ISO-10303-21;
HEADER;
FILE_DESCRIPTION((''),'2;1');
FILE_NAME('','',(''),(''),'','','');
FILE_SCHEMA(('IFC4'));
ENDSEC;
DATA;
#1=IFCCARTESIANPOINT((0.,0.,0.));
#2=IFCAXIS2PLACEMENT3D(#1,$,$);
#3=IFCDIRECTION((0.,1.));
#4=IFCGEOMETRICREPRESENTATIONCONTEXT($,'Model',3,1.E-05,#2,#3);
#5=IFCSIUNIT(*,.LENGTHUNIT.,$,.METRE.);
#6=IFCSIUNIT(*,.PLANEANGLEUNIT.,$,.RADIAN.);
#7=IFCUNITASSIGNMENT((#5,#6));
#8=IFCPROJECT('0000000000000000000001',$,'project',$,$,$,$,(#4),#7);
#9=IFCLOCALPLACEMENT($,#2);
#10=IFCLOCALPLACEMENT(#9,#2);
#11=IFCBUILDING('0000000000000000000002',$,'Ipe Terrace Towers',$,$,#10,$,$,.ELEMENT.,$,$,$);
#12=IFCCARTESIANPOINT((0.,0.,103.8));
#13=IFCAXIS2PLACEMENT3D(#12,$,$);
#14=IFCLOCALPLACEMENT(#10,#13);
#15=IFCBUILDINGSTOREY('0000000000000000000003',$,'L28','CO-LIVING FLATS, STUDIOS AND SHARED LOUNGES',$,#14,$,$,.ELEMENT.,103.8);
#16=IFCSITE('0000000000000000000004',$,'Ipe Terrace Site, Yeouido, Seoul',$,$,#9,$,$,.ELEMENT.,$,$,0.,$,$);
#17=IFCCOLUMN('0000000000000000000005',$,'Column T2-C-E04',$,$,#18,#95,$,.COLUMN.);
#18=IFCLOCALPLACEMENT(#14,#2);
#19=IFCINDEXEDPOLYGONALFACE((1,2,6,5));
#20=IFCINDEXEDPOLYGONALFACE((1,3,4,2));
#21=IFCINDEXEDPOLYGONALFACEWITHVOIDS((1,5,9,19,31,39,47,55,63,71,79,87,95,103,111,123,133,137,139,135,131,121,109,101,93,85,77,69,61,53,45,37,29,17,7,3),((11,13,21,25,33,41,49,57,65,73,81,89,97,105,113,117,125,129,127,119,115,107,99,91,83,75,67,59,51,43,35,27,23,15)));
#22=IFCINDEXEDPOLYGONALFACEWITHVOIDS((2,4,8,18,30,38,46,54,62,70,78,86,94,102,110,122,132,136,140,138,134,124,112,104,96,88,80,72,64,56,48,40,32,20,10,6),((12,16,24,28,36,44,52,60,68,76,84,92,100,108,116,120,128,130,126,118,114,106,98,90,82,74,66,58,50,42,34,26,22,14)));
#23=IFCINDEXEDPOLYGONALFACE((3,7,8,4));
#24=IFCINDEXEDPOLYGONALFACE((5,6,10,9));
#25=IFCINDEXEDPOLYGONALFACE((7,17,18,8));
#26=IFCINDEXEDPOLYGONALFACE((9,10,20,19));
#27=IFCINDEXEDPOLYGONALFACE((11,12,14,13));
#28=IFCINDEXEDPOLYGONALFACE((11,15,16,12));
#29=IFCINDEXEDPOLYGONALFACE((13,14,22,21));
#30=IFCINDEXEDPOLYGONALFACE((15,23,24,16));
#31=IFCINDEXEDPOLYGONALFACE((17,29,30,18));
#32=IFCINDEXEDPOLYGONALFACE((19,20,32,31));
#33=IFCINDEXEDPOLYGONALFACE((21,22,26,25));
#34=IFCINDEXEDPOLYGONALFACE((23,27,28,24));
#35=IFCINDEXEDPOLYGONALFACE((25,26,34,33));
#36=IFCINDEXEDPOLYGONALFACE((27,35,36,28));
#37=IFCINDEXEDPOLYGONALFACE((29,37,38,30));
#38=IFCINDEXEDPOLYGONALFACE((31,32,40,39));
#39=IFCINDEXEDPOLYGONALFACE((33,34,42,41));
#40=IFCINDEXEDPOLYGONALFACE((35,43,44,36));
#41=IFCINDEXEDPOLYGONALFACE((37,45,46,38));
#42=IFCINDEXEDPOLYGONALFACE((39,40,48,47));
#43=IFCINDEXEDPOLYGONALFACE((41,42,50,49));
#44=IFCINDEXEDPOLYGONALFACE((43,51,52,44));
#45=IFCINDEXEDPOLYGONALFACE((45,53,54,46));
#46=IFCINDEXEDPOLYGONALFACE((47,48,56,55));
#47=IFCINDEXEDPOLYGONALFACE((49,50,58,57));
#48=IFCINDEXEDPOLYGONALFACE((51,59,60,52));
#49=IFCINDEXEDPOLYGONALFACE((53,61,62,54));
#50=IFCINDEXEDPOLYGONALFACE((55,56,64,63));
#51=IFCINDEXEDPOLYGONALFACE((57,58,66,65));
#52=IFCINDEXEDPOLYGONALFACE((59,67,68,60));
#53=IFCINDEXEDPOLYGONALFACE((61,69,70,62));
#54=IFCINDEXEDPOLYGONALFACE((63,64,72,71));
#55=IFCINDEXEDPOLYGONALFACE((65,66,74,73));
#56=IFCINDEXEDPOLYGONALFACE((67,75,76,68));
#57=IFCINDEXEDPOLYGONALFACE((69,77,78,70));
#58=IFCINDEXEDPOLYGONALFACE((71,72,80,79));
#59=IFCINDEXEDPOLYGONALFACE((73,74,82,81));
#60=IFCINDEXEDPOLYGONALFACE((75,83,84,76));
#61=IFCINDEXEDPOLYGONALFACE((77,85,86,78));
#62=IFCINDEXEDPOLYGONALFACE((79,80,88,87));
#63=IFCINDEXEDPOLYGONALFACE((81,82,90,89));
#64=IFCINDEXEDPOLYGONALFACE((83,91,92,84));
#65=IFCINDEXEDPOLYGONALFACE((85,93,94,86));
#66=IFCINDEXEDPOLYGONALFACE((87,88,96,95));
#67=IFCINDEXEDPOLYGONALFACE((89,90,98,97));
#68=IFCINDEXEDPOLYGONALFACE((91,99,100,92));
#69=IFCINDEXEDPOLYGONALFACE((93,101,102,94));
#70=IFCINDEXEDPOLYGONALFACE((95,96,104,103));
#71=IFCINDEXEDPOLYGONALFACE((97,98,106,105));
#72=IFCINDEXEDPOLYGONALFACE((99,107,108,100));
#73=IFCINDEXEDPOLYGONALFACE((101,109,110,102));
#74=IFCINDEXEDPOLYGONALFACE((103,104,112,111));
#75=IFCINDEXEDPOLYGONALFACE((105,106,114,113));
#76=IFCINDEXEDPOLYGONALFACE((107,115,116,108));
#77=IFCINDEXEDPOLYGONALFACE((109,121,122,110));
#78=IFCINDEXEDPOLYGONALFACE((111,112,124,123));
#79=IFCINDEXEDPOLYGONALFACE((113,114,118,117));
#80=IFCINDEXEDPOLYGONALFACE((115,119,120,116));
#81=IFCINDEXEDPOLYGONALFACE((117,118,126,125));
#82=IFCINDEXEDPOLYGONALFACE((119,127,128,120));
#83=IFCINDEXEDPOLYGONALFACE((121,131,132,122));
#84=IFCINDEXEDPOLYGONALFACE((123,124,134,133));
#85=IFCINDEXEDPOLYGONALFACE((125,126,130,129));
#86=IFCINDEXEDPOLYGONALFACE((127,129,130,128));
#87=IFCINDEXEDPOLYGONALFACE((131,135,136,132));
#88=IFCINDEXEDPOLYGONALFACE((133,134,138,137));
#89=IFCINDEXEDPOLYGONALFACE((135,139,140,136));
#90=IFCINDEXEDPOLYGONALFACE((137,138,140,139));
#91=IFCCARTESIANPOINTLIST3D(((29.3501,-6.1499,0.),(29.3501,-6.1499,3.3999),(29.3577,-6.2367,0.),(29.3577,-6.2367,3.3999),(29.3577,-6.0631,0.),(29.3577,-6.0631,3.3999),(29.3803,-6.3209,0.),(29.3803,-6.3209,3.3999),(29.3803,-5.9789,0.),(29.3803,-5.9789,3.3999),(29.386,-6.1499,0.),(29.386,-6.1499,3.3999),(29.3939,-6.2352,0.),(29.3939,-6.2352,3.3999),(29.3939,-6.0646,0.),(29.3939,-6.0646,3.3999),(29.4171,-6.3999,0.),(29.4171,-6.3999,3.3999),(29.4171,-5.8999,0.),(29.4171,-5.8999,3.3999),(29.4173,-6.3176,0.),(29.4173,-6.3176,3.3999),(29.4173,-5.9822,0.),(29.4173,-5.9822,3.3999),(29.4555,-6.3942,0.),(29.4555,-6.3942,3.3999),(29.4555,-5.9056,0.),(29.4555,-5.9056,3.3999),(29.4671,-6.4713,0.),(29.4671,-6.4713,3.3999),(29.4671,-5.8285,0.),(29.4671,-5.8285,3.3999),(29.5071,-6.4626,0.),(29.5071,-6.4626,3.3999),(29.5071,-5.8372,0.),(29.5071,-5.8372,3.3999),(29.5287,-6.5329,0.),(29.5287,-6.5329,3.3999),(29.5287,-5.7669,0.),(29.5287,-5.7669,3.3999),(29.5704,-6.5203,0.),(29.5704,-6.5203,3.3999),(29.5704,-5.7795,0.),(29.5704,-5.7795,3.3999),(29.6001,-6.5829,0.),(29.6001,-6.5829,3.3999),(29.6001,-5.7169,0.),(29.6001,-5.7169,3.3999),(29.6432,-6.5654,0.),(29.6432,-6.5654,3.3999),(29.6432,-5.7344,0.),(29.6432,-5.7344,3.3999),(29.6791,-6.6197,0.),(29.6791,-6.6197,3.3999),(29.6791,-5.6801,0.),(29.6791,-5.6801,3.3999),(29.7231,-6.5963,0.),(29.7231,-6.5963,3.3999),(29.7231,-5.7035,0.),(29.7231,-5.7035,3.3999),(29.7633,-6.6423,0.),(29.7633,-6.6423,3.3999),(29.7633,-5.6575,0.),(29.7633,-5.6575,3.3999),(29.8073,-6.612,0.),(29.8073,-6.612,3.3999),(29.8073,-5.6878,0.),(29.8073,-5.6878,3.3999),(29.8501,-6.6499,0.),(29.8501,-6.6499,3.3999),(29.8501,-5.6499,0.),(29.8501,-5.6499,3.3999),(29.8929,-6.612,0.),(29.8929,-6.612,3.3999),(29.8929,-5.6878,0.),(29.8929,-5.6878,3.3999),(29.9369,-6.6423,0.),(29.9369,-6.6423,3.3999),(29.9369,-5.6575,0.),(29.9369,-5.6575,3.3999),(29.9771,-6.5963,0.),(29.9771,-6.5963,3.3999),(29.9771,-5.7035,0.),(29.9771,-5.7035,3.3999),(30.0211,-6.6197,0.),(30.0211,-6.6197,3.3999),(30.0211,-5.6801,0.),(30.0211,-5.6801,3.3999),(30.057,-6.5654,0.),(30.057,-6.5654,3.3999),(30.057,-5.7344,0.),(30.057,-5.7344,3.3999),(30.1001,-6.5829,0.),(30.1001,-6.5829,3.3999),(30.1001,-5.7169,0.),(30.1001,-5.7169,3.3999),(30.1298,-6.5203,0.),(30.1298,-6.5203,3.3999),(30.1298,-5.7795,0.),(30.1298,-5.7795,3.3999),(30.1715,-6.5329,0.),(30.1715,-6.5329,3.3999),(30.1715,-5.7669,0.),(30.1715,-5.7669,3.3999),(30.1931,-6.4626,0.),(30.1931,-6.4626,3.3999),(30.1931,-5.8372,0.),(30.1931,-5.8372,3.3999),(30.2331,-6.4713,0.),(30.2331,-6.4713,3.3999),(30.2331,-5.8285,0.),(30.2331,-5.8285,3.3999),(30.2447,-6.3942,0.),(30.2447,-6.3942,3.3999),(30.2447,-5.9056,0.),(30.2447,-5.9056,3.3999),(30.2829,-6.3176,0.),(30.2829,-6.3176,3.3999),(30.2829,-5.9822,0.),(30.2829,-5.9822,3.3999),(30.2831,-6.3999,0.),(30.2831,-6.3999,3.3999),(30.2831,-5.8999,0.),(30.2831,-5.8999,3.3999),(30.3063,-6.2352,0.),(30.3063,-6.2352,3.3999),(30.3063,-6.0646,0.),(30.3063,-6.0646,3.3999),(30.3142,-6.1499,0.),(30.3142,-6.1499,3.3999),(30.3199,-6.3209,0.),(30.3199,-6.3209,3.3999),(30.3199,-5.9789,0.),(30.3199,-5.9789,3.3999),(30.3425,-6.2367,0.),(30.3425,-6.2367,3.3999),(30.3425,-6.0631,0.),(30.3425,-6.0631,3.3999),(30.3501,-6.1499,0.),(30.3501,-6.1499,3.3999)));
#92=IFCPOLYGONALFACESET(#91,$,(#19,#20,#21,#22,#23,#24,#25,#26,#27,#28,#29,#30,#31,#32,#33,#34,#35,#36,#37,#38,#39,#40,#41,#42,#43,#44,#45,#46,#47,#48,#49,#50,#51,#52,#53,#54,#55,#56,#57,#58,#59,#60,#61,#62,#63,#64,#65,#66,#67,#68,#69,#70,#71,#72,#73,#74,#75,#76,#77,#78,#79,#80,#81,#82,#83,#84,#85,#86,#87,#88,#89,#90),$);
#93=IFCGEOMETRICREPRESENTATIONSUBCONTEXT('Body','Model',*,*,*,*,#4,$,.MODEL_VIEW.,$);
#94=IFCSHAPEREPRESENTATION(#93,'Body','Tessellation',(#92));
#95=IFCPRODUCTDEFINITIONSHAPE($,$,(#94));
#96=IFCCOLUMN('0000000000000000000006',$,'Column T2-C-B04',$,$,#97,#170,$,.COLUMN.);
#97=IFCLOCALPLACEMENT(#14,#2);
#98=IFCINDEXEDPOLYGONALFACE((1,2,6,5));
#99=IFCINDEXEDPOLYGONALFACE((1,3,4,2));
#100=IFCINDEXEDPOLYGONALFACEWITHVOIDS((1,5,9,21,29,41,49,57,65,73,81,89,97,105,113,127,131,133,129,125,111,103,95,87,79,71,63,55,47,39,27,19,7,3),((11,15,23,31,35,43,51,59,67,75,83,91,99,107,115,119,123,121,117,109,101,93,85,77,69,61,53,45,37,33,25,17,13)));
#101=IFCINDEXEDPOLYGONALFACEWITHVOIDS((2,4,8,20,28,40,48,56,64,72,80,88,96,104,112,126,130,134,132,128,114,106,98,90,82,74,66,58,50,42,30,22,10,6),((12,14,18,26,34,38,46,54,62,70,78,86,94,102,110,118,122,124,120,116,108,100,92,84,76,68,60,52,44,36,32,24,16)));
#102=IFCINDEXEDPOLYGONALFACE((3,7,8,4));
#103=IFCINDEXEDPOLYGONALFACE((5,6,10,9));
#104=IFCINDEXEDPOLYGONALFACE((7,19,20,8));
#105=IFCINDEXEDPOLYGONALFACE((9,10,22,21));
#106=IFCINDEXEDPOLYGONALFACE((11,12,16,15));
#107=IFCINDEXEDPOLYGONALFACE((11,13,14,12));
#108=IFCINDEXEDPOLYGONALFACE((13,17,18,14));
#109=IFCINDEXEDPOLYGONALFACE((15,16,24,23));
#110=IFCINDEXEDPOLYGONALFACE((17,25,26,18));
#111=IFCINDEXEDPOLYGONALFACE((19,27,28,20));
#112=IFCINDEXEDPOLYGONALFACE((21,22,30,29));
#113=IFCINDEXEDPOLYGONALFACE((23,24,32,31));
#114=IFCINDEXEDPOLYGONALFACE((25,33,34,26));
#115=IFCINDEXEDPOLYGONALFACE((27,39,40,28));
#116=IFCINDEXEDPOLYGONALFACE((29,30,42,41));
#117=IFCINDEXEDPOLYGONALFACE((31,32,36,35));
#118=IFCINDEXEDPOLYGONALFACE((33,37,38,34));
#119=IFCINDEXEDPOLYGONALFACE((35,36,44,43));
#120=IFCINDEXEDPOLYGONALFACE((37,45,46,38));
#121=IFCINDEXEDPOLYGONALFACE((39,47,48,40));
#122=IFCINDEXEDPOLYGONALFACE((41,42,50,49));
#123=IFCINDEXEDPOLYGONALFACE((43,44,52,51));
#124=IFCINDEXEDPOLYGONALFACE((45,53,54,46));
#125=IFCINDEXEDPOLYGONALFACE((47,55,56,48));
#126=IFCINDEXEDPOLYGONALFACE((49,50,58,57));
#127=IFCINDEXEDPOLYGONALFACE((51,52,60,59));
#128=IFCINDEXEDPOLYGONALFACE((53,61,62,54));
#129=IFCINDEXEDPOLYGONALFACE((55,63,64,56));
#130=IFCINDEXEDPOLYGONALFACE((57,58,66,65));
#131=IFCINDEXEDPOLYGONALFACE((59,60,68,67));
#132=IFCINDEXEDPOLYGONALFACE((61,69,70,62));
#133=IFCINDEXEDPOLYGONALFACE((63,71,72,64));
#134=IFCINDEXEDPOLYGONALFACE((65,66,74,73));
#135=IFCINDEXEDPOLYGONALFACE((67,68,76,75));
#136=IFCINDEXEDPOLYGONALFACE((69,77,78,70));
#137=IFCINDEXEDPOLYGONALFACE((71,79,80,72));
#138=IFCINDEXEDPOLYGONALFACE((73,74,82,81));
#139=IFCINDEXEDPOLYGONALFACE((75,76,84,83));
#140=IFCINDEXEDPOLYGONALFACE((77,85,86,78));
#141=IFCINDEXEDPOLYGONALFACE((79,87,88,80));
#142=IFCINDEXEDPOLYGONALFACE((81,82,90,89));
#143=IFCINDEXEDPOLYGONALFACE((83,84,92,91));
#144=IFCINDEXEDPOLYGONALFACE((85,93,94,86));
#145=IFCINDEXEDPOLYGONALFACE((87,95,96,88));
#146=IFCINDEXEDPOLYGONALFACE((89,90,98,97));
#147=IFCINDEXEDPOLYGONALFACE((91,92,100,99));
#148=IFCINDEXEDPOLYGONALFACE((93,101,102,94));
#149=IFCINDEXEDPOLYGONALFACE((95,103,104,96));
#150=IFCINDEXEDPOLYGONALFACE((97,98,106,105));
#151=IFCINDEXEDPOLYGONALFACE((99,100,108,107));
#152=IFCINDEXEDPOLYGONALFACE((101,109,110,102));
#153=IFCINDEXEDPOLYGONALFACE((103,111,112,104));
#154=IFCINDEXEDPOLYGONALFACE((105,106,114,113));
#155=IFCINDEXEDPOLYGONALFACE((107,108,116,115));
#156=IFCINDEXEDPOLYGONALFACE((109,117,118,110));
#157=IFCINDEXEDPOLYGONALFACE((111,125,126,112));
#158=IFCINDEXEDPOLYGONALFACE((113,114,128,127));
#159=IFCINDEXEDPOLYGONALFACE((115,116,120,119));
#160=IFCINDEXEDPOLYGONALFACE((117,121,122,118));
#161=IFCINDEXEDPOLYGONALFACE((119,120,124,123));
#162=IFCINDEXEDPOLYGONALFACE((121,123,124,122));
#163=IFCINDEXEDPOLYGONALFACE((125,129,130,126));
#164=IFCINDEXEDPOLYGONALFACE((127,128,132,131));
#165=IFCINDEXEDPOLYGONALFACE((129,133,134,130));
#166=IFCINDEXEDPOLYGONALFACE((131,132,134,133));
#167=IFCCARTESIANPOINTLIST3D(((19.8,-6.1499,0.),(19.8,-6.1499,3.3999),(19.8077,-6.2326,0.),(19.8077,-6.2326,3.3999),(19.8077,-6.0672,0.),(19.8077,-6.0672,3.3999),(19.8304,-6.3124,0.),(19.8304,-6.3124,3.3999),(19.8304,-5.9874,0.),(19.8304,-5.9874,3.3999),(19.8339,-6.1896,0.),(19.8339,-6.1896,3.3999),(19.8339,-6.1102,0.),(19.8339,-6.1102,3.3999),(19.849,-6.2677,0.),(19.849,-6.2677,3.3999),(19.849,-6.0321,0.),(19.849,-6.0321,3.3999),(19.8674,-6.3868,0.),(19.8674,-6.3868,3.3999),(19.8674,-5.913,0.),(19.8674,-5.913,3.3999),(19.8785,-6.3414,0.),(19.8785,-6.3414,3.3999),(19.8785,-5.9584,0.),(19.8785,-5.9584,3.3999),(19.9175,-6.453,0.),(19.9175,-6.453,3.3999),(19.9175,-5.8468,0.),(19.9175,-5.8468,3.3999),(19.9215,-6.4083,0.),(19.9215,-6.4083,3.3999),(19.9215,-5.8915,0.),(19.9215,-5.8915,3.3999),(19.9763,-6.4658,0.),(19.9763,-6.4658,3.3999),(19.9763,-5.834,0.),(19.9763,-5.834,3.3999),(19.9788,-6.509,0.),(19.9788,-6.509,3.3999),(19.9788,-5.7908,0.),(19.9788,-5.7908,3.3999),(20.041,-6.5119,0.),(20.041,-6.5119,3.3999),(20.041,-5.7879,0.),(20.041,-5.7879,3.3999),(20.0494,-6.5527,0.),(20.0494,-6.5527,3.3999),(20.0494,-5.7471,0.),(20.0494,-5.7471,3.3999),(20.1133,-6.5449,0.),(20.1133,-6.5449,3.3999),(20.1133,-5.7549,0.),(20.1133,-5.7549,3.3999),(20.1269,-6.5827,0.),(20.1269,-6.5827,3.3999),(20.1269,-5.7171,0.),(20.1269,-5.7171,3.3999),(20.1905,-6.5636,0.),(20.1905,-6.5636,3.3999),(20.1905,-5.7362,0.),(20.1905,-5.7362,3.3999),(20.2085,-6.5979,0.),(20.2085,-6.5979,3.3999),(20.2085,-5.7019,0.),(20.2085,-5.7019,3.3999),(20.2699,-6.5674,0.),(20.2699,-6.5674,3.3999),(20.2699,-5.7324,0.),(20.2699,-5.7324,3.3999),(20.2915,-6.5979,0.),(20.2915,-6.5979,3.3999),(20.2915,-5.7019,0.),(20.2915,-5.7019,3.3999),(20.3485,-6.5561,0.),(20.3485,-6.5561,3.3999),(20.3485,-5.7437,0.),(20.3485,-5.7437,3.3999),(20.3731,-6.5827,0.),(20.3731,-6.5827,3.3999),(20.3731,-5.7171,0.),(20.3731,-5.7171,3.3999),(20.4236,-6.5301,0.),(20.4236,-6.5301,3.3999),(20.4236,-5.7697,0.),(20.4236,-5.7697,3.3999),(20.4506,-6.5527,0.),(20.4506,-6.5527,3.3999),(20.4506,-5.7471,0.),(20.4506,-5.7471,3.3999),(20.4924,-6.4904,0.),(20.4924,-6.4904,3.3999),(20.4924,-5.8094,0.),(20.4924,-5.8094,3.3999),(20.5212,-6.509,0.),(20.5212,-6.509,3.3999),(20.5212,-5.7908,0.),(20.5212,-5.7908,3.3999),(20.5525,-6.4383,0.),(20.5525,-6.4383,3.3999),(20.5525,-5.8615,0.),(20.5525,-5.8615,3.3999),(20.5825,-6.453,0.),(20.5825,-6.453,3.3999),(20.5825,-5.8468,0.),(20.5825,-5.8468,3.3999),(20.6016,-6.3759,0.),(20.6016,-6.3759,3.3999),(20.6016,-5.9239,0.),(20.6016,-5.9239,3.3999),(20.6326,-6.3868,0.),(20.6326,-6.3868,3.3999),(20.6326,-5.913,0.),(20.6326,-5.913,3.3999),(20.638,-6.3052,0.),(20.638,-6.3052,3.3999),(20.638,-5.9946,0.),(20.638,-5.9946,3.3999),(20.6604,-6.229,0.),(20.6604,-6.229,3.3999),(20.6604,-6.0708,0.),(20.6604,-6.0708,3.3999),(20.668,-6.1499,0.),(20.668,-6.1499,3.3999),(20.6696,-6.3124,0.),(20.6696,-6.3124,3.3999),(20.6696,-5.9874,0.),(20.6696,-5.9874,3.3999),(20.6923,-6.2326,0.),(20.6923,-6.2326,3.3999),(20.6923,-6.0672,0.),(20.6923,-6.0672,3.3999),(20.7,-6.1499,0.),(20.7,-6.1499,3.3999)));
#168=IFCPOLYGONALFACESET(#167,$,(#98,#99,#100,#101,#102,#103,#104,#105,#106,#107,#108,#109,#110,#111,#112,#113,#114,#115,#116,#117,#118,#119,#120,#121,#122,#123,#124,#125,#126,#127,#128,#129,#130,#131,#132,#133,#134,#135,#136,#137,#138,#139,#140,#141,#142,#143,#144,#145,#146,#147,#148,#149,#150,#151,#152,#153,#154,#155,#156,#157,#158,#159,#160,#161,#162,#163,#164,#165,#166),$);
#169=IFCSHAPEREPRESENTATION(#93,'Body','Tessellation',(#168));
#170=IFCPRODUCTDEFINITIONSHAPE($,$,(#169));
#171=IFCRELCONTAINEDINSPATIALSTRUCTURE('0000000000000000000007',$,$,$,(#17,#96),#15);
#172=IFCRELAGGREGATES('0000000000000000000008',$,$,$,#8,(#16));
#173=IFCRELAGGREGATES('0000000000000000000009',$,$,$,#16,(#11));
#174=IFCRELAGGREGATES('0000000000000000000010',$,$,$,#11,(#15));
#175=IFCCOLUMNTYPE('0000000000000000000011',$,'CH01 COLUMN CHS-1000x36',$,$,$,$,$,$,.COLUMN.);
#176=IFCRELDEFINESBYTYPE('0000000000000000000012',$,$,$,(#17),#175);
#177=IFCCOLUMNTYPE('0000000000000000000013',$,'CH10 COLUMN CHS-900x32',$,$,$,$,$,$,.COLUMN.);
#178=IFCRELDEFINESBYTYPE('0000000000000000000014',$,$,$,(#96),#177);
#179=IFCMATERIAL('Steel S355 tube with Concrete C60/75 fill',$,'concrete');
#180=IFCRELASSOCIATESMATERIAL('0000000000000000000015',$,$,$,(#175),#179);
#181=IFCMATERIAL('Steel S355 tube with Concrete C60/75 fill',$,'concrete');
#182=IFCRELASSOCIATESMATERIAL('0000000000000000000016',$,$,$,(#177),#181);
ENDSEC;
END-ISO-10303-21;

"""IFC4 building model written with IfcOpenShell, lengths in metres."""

from ifc_helpers import new_model, si_unit, direction, frame, origin, origin_2d, place, context, subcontext, project, spatial, hollow_circle, extrude, material, material_profile, profile_set, type_object, element, save


model = new_model("IFC4")

# Units and contexts
model_context = context("Model", 3, precision=1e-05, world=origin(), true_north=direction((0.0, 1.0)))
body_context = subcontext(model_context, "Body", "Model", "MODEL_VIEW")
ifc_project = project(units=[si_unit("LENGTHUNIT", "METRE"), si_unit("PLANEANGLEUNIT", "RADIAN")], contexts=[model_context])

# Site, building, storey
site_placement = place(None, origin())
site = spatial("IfcSite", under=ifc_project, at=site_placement, Name="Ipe Terrace Site, Yeouido, Seoul", CompositionType="ELEMENT", RefElevation=0.0)
building_placement = place(site_placement, origin())
building = spatial("IfcBuilding", under=site, at=building_placement, Name="Ipe Terrace Towers", CompositionType="ELEMENT")
storey_placement = place(building_placement, frame((0.0, 0.0, 103.8)))
storey = spatial("IfcBuildingStorey", under=building, at=storey_placement, Name="L28", Description="CO-LIVING FLATS, STUDIOS AND SHARED LOUNGES", CompositionType="ELEMENT", Elevation=103.8)

# Columns
ifc_material_1 = material(Name="Steel S355 tube with Concrete C60/75 fill", Category="concrete")
ifc_material_profile_1 = material_profile(ifc_material_1, hollow_circle(Radius=0.5, WallThickness=0.0359, at=origin_2d()), Name="CHS-1000x36")
ifc_profile_set_1 = profile_set([ifc_material_profile_1], Name="Steel S355 tube with Concrete C60/75 fill")
column_type_1 = type_object("IfcColumnType", Name="CH01 COLUMN CHS-1000x36", PredefinedType="COLUMN", material=ifc_profile_set_1)
column_placement = place(storey_placement, frame((29.8501, -6.1499, 0.0), z_axis=(0.0, 0.0, 1.0), x_axis=(1.0, 0.0, 0.0)))
element("IfcColumn", 1, at=column_placement, inside=storey, type_object=column_type_1, Name="Column T2-C-E04", PredefinedType="COLUMN", context=body_context, shape_type="SweptSolid", body=[
    extrude(hollow_circle(Radius=0.5, WallThickness=0.0359, at=origin_2d()), origin(), (0.0, 0.0, 1.0), 3.3999),
])
ifc_material_2 = material(Name="Steel S355 tube with Concrete C60/75 fill", Category="concrete")
ifc_material_profile_2 = material_profile(ifc_material_2, hollow_circle(Radius=0.45, WallThickness=0.032, at=origin_2d()), Name="CHS-900x32")
ifc_profile_set_2 = profile_set([ifc_material_profile_2], Name="Steel S355 tube with Concrete C60/75 fill")
column_type_2 = type_object("IfcColumnType", Name="CH10 COLUMN CHS-900x32", PredefinedType="COLUMN", material=ifc_profile_set_2)
for number, where, z_axis, x_axis, name in (
    (2, (20.25, -6.1499, 0.0), (0.0, 0.0, 1.0), (1.0, 0.0, 0.0), "Column T2-C-B04"),
):
    element("IfcColumn", number, at=place(storey_placement, frame(where, z_axis=z_axis, x_axis=x_axis)), inside=storey, type_object=column_type_2, Name=name, PredefinedType="COLUMN", context=body_context, shape_type="SweptSolid", body=[
        extrude(hollow_circle(Radius=0.45, WallThickness=0.032, at=origin_2d()), origin(), (0.0, 0.0, 1.0), 3.3999),
    ])

save(model, "model.ifc")
